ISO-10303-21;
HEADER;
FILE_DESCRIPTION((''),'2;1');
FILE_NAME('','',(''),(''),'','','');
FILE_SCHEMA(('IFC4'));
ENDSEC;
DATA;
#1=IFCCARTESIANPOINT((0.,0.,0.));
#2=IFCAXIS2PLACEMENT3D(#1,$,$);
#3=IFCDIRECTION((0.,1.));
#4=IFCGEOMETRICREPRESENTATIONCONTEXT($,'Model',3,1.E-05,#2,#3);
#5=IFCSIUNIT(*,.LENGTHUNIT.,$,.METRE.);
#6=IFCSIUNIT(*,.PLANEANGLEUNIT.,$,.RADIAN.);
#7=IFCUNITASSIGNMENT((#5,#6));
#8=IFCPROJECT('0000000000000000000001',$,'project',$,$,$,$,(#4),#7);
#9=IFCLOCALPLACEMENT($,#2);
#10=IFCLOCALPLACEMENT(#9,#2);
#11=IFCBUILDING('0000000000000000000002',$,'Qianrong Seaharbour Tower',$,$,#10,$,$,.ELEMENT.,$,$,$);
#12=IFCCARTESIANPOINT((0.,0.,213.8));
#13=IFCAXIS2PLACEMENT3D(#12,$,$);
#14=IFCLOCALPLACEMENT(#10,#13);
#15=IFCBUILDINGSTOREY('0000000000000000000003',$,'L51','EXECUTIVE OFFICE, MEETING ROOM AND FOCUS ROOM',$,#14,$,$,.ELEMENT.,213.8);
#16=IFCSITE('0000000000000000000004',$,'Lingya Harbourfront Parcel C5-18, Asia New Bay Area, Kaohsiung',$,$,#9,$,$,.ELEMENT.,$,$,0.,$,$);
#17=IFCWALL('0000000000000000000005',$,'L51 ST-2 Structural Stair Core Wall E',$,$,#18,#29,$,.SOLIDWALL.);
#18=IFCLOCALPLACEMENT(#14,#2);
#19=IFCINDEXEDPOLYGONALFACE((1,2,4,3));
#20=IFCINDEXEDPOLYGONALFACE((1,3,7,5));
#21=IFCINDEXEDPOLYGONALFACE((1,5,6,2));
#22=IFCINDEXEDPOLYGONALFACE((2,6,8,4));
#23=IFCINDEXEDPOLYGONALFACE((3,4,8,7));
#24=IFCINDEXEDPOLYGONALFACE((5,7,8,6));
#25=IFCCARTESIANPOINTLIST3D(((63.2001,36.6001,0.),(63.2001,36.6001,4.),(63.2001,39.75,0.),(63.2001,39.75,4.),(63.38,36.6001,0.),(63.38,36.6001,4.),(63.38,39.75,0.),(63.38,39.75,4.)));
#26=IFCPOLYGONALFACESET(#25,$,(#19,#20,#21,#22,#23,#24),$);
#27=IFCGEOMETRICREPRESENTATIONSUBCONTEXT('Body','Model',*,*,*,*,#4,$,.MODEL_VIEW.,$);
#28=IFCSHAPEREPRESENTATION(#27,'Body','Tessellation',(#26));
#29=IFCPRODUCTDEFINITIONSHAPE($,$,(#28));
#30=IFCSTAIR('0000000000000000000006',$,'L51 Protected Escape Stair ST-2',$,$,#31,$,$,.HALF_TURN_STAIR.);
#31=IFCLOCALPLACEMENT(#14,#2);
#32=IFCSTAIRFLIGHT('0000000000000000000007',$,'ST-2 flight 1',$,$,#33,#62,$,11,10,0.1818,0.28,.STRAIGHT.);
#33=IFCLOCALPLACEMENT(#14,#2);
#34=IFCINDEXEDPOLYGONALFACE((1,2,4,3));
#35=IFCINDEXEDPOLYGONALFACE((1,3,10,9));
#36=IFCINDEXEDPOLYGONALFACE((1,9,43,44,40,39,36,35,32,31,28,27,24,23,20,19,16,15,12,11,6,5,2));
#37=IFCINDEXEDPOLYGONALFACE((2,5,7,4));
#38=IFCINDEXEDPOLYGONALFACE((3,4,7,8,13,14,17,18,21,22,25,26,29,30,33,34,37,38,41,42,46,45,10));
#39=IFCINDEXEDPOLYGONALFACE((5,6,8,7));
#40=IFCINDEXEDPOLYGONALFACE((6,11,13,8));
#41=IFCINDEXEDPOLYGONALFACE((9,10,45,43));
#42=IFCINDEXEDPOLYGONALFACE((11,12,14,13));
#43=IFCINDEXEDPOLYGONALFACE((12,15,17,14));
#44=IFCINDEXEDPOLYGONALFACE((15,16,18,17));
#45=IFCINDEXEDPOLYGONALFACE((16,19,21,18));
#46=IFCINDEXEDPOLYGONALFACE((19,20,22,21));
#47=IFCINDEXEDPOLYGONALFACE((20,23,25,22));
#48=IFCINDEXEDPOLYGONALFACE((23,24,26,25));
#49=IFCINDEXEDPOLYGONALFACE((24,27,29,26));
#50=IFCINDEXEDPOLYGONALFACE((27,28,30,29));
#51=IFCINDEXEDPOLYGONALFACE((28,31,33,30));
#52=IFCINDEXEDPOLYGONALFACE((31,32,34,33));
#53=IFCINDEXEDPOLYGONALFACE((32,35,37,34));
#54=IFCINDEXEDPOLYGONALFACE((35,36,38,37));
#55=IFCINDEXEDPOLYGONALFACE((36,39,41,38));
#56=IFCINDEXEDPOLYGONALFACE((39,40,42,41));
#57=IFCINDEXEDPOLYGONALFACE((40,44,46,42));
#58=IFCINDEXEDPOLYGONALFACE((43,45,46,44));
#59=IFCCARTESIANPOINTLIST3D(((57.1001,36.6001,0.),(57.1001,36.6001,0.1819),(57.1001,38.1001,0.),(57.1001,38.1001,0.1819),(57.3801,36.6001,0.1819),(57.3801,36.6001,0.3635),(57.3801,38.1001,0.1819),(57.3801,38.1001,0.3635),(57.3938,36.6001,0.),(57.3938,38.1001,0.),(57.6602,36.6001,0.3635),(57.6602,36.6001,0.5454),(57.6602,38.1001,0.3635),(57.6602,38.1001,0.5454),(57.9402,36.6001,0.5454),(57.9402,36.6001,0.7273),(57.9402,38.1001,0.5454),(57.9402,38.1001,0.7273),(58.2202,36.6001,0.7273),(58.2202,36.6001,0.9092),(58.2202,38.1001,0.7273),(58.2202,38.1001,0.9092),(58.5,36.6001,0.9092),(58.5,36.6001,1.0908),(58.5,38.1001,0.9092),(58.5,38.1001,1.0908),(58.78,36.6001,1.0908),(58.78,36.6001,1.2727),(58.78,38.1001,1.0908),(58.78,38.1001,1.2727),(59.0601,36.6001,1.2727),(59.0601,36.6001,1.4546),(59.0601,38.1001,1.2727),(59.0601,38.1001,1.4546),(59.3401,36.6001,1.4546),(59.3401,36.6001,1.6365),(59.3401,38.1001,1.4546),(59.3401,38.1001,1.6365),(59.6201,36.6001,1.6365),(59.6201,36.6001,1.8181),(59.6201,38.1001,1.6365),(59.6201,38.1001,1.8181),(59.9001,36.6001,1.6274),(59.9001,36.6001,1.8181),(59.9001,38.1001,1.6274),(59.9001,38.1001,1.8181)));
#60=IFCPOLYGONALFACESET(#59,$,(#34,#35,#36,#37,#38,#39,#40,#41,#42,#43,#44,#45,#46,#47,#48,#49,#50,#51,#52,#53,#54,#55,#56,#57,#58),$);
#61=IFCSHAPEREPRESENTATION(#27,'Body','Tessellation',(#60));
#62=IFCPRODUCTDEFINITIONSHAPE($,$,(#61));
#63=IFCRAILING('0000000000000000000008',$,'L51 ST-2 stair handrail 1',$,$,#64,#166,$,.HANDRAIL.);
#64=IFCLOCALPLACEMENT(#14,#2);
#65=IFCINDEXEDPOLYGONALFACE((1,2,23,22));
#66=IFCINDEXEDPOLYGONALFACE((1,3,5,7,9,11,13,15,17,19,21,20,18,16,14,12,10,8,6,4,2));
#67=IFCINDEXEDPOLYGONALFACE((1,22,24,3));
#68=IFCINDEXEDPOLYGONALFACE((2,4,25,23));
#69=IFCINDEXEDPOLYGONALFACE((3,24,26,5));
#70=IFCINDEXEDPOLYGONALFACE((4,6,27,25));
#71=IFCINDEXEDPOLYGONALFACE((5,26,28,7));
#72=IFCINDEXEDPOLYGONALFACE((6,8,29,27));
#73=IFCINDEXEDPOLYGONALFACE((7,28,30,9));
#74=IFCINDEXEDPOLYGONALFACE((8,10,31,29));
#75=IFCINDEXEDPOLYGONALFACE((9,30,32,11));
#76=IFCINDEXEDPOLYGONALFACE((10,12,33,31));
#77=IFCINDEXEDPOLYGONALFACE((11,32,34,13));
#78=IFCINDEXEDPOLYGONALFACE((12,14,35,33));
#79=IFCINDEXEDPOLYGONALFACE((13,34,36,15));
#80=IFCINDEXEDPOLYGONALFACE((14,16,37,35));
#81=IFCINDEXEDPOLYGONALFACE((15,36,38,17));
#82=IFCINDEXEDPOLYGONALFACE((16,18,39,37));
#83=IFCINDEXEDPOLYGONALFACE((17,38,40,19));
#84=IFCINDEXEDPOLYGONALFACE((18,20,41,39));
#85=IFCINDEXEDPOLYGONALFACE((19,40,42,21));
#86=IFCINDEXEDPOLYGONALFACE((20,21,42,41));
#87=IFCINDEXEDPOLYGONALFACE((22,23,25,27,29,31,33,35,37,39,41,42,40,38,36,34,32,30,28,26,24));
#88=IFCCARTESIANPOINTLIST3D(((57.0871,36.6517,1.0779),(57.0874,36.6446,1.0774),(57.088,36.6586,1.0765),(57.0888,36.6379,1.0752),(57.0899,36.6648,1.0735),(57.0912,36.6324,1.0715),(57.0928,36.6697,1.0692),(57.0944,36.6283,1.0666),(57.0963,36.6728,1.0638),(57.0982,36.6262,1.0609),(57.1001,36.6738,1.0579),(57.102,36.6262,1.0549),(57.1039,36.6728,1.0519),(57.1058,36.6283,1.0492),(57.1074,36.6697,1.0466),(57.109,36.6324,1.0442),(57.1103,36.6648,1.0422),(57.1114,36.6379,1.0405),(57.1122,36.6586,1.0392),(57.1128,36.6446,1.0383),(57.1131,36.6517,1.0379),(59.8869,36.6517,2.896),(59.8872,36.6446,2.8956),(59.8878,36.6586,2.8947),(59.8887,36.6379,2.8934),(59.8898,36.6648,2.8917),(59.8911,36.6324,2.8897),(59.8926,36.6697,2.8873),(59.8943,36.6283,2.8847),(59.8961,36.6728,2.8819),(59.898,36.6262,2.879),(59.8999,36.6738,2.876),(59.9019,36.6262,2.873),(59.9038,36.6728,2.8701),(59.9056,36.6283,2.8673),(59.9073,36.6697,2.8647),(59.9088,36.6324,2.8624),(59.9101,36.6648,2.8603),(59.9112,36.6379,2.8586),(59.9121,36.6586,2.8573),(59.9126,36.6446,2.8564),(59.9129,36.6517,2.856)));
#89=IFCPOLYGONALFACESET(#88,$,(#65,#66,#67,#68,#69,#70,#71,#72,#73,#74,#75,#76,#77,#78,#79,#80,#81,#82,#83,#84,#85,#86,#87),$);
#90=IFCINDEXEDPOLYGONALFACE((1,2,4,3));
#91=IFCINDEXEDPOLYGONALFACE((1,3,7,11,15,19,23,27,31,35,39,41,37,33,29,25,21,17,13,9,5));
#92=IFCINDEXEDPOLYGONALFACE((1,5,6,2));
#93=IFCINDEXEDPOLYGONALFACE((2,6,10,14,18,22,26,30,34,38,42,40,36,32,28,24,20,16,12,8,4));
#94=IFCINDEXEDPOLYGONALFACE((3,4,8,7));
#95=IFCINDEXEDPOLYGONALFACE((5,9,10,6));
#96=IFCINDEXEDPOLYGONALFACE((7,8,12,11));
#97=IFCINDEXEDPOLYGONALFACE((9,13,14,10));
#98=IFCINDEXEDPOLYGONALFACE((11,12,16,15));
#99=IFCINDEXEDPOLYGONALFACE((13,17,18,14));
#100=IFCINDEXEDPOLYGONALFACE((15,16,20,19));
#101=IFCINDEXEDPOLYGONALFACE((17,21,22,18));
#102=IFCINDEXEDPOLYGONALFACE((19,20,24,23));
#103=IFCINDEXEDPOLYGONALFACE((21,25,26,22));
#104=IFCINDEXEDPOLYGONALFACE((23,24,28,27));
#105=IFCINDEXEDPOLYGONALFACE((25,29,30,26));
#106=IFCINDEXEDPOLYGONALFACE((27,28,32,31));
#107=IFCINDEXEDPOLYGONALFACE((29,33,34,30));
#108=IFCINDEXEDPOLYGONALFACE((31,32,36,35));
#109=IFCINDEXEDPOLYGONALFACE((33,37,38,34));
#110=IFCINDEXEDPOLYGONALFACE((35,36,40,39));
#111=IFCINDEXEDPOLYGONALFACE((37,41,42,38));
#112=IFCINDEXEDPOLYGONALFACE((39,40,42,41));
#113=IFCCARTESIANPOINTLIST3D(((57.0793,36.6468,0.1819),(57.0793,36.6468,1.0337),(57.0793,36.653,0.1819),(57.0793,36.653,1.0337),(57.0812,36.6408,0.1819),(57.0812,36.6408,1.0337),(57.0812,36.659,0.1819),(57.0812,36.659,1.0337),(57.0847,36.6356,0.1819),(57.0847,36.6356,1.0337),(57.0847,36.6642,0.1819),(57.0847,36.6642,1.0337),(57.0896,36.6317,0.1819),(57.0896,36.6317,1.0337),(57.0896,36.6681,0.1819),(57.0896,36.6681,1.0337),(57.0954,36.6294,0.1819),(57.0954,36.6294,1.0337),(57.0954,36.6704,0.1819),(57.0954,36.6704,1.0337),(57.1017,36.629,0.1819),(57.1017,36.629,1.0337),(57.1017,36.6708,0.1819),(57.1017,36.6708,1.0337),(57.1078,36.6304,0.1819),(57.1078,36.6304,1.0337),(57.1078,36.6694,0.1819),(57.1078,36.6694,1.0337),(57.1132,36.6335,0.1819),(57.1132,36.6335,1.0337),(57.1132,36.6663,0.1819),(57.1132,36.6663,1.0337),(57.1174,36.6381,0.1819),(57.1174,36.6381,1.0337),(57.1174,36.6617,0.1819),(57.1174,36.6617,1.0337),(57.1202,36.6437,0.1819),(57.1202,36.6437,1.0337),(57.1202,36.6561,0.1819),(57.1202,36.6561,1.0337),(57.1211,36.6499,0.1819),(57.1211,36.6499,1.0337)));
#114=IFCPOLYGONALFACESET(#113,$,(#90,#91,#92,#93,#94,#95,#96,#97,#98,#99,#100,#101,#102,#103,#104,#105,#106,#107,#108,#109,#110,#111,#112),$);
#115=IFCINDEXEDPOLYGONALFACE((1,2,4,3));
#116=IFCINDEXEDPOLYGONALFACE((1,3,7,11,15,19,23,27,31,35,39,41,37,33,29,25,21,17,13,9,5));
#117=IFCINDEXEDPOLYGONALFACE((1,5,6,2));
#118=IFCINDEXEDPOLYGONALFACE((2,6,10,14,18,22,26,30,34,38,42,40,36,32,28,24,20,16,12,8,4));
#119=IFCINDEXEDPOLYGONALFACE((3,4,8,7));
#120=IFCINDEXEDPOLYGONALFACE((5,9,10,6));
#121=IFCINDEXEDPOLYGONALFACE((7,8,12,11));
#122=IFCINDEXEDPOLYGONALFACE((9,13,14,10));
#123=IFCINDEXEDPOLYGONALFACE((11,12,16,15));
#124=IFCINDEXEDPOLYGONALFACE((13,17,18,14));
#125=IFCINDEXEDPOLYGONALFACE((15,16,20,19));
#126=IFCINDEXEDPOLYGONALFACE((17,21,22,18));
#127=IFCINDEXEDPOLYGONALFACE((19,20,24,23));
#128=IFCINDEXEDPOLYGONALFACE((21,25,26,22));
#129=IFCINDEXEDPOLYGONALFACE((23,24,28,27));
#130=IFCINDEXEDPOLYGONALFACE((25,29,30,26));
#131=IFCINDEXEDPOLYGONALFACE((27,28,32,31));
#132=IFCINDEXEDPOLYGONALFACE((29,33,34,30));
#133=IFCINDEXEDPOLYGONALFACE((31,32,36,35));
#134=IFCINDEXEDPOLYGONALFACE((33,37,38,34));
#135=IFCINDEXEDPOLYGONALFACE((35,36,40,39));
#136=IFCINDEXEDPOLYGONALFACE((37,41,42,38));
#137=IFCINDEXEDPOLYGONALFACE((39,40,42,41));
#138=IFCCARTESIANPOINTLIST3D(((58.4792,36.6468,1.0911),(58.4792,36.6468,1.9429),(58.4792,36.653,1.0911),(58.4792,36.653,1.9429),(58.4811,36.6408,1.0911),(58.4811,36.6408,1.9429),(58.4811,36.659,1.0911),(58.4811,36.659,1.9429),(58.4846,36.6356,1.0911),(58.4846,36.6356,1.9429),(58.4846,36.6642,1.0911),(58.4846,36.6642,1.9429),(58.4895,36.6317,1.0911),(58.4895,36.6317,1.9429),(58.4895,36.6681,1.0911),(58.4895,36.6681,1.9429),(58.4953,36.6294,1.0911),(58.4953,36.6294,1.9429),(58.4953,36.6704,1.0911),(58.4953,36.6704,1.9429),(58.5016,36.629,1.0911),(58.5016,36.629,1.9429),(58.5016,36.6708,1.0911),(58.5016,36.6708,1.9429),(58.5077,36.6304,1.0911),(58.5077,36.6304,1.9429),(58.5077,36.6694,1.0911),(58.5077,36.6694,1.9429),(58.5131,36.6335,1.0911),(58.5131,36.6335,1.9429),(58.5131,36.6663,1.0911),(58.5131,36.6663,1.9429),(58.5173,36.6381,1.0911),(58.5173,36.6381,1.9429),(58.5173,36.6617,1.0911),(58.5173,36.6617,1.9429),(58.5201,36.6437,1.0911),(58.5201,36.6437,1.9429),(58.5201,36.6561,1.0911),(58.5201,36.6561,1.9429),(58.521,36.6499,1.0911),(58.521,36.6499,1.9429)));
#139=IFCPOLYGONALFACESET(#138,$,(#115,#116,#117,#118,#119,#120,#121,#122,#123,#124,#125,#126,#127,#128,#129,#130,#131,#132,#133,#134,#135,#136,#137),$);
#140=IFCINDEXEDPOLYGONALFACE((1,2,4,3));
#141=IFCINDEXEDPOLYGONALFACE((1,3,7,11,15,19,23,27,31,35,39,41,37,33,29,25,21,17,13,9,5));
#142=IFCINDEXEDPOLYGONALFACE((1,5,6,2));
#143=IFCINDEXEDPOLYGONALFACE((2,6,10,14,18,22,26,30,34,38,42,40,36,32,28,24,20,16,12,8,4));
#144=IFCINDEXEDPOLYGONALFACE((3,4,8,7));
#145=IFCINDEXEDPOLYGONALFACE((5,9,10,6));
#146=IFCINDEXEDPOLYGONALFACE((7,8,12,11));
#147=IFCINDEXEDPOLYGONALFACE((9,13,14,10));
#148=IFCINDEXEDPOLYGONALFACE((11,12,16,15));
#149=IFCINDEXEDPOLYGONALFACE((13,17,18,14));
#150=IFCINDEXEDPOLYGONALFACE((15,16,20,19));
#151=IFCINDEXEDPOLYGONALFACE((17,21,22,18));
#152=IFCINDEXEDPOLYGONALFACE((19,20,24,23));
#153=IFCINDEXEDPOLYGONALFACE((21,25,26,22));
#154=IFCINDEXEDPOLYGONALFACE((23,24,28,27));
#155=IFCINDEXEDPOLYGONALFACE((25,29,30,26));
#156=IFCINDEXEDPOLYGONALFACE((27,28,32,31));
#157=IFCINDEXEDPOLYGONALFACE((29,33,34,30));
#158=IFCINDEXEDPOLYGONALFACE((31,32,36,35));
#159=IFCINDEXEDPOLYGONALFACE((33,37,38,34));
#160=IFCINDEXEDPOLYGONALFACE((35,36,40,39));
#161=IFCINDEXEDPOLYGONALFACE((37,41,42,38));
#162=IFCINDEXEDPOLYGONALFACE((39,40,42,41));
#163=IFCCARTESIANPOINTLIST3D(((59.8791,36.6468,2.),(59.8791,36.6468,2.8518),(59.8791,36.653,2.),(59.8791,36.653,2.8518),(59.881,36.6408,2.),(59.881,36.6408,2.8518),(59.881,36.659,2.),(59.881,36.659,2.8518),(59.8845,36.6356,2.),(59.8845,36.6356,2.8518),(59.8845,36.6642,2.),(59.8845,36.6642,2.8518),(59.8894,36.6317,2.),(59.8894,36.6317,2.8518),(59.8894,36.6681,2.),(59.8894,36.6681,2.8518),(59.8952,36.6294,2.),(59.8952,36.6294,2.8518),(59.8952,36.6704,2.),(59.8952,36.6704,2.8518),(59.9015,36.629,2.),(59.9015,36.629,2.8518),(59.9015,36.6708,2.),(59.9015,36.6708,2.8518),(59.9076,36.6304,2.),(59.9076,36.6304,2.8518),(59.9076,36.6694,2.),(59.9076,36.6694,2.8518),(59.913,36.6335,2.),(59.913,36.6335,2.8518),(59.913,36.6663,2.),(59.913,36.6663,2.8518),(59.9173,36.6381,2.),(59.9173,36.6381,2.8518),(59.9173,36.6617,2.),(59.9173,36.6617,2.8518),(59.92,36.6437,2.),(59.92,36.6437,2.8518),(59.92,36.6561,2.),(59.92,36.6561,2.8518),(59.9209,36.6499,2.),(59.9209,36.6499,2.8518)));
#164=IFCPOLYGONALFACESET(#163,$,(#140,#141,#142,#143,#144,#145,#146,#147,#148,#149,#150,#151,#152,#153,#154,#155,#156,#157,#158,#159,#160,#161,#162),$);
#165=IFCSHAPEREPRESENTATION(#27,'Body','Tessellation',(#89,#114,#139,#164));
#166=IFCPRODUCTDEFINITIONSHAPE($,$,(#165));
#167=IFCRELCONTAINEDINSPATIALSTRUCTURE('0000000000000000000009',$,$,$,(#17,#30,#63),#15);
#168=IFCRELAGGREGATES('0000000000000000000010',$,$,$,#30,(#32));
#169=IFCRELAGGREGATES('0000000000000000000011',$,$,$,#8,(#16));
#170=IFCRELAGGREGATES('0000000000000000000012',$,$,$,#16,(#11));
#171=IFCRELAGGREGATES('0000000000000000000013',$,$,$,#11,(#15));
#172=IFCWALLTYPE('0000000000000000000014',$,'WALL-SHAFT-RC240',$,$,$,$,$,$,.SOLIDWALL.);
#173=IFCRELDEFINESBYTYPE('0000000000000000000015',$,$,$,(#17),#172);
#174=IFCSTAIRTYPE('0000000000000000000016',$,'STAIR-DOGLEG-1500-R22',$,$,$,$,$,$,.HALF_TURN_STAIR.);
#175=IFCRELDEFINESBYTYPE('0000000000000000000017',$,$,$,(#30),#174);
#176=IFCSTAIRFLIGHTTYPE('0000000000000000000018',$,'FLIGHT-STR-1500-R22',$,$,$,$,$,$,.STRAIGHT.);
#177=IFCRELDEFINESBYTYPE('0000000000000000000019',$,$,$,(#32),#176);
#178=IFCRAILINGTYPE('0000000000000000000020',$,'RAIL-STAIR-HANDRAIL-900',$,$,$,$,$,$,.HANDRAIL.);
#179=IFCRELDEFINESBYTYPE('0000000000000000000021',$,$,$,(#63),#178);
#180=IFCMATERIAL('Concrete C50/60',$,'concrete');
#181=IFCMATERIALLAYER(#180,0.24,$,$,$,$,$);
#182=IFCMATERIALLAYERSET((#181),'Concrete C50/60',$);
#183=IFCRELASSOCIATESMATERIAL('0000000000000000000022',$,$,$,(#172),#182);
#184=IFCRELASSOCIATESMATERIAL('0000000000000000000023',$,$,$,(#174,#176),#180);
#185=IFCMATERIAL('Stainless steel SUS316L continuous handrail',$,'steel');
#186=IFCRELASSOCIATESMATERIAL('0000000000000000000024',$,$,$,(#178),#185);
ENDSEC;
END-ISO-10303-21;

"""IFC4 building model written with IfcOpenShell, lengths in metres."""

from ifc_helpers import new_model, si_unit, direction, frame, frame_2d, origin, origin_2d, place, context, subcontext, project, spatial, polyline, rectangle, circle, outline, extrude, material, layer, layer_set, type_object, element, aggregate, save


model = new_model("IFC4")

# Units and contexts
model_context = context("Model", 3, precision=1e-05, world=origin(), true_north=direction((0.0, 1.0)))
body_context = subcontext(model_context, "Body", "Model", "MODEL_VIEW")
ifc_project = project(units=[si_unit("LENGTHUNIT", "METRE"), si_unit("PLANEANGLEUNIT", "RADIAN")], contexts=[model_context])

# Site, building, storey
site_placement = place(None, origin())
site = spatial("IfcSite", under=ifc_project, at=site_placement, Name="Lingya Harbourfront Parcel C5-18, Asia New Bay Area, Kaohsiung", CompositionType="ELEMENT", RefElevation=0.0)
building_placement = place(site_placement, origin())
building = spatial("IfcBuilding", under=site, at=building_placement, Name="Qianrong Seaharbour Tower", CompositionType="ELEMENT")
storey_placement = place(building_placement, frame((0.0, 0.0, 213.8)))
storey = spatial("IfcBuildingStorey", under=building, at=storey_placement, Name="L51", Description="EXECUTIVE OFFICE, MEETING ROOM AND FOCUS ROOM", CompositionType="ELEMENT", Elevation=213.8)

# Wall
ifc_material_1 = material(Name="Concrete C50/60", Category="concrete")
ifc_layer_1 = layer(ifc_material_1, 0.24)
ifc_layer_set_1 = layer_set([ifc_layer_1], Name="Concrete C50/60")
wall_type_1 = type_object("IfcWallType", Name="WALL-SHAFT-RC240", PredefinedType="SOLIDWALL", material=ifc_layer_set_1)
wall_1_placement = place(storey_placement, frame((63.29, 36.6001, 0.0), z_axis=(0.0, 0.0, 1.0), x_axis=(0.0, 1.0, 0.0)))
element("IfcWall", 1, at=wall_1_placement, inside=storey, type_object=wall_type_1, Name="L51 ST-2 Structural Stair Core Wall E", PredefinedType="SOLIDWALL", context=body_context, shape_type="SweptSolid", body=[
    extrude(rectangle(XDim=3.1499, YDim=0.1799, at=frame_2d((1.575, 0.0))), origin(), (0.0, 0.0, 1.0), 4.0),
])

# Stair, stair flight
stair_type = type_object("IfcStairType", Name="STAIR-DOGLEG-1500-R22", PredefinedType="HALF_TURN_STAIR", material=ifc_material_1)
stair_placement = place(storey_placement, origin())
stair = element("IfcStair", 2, at=stair_placement, inside=storey, type_object=stair_type, Name="L51 Protected Escape Stair ST-2", PredefinedType="HALF_TURN_STAIR")
stair_flight_type = type_object("IfcStairFlightType", Name="FLIGHT-STR-1500-R22", PredefinedType="STRAIGHT", material=ifc_material_1)
stair_flight_placement = place(storey_placement, frame((57.1001, 37.3501, 0.0), z_axis=(0.0, 0.0, 1.0), x_axis=(1.0, 0.0, 0.0)))
stair_flight = element("IfcStairFlight", 3, at=stair_flight_placement, type_object=stair_flight_type, Name="ST-2 flight 1", NumberOfRisers=11, NumberOfTreads=10, PredefinedType="STRAIGHT", RiserHeight=0.1818, TreadLength=0.28, context=body_context, shape_type="SweptSolid", body=[
    extrude(outline(polyline([(0.0, 0.0), (0.0, 0.1819), (0.28, 0.1819), (0.28, 0.3635), (0.5601, 0.3635), (0.5601, 0.5454), (0.8401, 0.5454), (0.8401, 0.7273), (1.1201, 0.7273), (1.1201, 0.9092), (1.3999, 0.9092), (1.3999, 1.0908), (1.6799, 1.0908), (1.6799, 1.2727), (1.96, 1.2727), (1.96, 1.4546), (2.24, 1.4546), (2.24, 1.6365), (2.52, 1.6365), (2.52, 1.8181), (2.8, 1.8181), (2.8, 2.0), (2.8, 1.6274), (0.2937, 0.0), (0.0, 0.0)])), frame((0.0, 0.75, 0.0), z_axis=(0.0, -1.0, 0.0), x_axis=(1.0, 0.0, 0.0)), (0.0, 0.0, 1.0), 1.5),
])
aggregate(stair, [stair_flight])

# Railing
ifc_material_2 = material(Name="Stainless steel SUS316L continuous handrail", Category="steel")
railing_type = type_object("IfcRailingType", Name="RAIL-STAIR-HANDRAIL-900", PredefinedType="HANDRAIL", material=ifc_material_2)
railing_placement = place(storey_placement, frame((57.1001, 36.6499, 0.1819)))
element("IfcRailing", 4, at=railing_placement, inside=storey, type_object=railing_type, Name="L51 ST-2 stair handrail 1", PredefinedType="HANDRAIL", context=body_context, shape_type="SweptSolid", body=[
    extrude(circle(Radius=0.0239, at=origin_2d()), frame((0.0, 0.0, 0.876), z_axis=(0.838684, 0.0, 0.544618), x_axis=(0.0, 1.0, 0.0)), (0.0, 0.0, 1.0), 3.3384),
    extrude(circle(Radius=0.021, at=origin_2d()), origin(), (0.0, 0.0, 1.0), 0.8518),
    extrude(circle(Radius=0.021, at=origin_2d()), frame((1.3999, 0.0, 0.9092)), (0.0, 0.0, 1.0), 0.8518),
    extrude(circle(Radius=0.021, at=origin_2d()), frame((2.7998, 0.0, 1.8181)), (0.0, 0.0, 1.0), 0.8518),
])

save(model, "model.ifc")
